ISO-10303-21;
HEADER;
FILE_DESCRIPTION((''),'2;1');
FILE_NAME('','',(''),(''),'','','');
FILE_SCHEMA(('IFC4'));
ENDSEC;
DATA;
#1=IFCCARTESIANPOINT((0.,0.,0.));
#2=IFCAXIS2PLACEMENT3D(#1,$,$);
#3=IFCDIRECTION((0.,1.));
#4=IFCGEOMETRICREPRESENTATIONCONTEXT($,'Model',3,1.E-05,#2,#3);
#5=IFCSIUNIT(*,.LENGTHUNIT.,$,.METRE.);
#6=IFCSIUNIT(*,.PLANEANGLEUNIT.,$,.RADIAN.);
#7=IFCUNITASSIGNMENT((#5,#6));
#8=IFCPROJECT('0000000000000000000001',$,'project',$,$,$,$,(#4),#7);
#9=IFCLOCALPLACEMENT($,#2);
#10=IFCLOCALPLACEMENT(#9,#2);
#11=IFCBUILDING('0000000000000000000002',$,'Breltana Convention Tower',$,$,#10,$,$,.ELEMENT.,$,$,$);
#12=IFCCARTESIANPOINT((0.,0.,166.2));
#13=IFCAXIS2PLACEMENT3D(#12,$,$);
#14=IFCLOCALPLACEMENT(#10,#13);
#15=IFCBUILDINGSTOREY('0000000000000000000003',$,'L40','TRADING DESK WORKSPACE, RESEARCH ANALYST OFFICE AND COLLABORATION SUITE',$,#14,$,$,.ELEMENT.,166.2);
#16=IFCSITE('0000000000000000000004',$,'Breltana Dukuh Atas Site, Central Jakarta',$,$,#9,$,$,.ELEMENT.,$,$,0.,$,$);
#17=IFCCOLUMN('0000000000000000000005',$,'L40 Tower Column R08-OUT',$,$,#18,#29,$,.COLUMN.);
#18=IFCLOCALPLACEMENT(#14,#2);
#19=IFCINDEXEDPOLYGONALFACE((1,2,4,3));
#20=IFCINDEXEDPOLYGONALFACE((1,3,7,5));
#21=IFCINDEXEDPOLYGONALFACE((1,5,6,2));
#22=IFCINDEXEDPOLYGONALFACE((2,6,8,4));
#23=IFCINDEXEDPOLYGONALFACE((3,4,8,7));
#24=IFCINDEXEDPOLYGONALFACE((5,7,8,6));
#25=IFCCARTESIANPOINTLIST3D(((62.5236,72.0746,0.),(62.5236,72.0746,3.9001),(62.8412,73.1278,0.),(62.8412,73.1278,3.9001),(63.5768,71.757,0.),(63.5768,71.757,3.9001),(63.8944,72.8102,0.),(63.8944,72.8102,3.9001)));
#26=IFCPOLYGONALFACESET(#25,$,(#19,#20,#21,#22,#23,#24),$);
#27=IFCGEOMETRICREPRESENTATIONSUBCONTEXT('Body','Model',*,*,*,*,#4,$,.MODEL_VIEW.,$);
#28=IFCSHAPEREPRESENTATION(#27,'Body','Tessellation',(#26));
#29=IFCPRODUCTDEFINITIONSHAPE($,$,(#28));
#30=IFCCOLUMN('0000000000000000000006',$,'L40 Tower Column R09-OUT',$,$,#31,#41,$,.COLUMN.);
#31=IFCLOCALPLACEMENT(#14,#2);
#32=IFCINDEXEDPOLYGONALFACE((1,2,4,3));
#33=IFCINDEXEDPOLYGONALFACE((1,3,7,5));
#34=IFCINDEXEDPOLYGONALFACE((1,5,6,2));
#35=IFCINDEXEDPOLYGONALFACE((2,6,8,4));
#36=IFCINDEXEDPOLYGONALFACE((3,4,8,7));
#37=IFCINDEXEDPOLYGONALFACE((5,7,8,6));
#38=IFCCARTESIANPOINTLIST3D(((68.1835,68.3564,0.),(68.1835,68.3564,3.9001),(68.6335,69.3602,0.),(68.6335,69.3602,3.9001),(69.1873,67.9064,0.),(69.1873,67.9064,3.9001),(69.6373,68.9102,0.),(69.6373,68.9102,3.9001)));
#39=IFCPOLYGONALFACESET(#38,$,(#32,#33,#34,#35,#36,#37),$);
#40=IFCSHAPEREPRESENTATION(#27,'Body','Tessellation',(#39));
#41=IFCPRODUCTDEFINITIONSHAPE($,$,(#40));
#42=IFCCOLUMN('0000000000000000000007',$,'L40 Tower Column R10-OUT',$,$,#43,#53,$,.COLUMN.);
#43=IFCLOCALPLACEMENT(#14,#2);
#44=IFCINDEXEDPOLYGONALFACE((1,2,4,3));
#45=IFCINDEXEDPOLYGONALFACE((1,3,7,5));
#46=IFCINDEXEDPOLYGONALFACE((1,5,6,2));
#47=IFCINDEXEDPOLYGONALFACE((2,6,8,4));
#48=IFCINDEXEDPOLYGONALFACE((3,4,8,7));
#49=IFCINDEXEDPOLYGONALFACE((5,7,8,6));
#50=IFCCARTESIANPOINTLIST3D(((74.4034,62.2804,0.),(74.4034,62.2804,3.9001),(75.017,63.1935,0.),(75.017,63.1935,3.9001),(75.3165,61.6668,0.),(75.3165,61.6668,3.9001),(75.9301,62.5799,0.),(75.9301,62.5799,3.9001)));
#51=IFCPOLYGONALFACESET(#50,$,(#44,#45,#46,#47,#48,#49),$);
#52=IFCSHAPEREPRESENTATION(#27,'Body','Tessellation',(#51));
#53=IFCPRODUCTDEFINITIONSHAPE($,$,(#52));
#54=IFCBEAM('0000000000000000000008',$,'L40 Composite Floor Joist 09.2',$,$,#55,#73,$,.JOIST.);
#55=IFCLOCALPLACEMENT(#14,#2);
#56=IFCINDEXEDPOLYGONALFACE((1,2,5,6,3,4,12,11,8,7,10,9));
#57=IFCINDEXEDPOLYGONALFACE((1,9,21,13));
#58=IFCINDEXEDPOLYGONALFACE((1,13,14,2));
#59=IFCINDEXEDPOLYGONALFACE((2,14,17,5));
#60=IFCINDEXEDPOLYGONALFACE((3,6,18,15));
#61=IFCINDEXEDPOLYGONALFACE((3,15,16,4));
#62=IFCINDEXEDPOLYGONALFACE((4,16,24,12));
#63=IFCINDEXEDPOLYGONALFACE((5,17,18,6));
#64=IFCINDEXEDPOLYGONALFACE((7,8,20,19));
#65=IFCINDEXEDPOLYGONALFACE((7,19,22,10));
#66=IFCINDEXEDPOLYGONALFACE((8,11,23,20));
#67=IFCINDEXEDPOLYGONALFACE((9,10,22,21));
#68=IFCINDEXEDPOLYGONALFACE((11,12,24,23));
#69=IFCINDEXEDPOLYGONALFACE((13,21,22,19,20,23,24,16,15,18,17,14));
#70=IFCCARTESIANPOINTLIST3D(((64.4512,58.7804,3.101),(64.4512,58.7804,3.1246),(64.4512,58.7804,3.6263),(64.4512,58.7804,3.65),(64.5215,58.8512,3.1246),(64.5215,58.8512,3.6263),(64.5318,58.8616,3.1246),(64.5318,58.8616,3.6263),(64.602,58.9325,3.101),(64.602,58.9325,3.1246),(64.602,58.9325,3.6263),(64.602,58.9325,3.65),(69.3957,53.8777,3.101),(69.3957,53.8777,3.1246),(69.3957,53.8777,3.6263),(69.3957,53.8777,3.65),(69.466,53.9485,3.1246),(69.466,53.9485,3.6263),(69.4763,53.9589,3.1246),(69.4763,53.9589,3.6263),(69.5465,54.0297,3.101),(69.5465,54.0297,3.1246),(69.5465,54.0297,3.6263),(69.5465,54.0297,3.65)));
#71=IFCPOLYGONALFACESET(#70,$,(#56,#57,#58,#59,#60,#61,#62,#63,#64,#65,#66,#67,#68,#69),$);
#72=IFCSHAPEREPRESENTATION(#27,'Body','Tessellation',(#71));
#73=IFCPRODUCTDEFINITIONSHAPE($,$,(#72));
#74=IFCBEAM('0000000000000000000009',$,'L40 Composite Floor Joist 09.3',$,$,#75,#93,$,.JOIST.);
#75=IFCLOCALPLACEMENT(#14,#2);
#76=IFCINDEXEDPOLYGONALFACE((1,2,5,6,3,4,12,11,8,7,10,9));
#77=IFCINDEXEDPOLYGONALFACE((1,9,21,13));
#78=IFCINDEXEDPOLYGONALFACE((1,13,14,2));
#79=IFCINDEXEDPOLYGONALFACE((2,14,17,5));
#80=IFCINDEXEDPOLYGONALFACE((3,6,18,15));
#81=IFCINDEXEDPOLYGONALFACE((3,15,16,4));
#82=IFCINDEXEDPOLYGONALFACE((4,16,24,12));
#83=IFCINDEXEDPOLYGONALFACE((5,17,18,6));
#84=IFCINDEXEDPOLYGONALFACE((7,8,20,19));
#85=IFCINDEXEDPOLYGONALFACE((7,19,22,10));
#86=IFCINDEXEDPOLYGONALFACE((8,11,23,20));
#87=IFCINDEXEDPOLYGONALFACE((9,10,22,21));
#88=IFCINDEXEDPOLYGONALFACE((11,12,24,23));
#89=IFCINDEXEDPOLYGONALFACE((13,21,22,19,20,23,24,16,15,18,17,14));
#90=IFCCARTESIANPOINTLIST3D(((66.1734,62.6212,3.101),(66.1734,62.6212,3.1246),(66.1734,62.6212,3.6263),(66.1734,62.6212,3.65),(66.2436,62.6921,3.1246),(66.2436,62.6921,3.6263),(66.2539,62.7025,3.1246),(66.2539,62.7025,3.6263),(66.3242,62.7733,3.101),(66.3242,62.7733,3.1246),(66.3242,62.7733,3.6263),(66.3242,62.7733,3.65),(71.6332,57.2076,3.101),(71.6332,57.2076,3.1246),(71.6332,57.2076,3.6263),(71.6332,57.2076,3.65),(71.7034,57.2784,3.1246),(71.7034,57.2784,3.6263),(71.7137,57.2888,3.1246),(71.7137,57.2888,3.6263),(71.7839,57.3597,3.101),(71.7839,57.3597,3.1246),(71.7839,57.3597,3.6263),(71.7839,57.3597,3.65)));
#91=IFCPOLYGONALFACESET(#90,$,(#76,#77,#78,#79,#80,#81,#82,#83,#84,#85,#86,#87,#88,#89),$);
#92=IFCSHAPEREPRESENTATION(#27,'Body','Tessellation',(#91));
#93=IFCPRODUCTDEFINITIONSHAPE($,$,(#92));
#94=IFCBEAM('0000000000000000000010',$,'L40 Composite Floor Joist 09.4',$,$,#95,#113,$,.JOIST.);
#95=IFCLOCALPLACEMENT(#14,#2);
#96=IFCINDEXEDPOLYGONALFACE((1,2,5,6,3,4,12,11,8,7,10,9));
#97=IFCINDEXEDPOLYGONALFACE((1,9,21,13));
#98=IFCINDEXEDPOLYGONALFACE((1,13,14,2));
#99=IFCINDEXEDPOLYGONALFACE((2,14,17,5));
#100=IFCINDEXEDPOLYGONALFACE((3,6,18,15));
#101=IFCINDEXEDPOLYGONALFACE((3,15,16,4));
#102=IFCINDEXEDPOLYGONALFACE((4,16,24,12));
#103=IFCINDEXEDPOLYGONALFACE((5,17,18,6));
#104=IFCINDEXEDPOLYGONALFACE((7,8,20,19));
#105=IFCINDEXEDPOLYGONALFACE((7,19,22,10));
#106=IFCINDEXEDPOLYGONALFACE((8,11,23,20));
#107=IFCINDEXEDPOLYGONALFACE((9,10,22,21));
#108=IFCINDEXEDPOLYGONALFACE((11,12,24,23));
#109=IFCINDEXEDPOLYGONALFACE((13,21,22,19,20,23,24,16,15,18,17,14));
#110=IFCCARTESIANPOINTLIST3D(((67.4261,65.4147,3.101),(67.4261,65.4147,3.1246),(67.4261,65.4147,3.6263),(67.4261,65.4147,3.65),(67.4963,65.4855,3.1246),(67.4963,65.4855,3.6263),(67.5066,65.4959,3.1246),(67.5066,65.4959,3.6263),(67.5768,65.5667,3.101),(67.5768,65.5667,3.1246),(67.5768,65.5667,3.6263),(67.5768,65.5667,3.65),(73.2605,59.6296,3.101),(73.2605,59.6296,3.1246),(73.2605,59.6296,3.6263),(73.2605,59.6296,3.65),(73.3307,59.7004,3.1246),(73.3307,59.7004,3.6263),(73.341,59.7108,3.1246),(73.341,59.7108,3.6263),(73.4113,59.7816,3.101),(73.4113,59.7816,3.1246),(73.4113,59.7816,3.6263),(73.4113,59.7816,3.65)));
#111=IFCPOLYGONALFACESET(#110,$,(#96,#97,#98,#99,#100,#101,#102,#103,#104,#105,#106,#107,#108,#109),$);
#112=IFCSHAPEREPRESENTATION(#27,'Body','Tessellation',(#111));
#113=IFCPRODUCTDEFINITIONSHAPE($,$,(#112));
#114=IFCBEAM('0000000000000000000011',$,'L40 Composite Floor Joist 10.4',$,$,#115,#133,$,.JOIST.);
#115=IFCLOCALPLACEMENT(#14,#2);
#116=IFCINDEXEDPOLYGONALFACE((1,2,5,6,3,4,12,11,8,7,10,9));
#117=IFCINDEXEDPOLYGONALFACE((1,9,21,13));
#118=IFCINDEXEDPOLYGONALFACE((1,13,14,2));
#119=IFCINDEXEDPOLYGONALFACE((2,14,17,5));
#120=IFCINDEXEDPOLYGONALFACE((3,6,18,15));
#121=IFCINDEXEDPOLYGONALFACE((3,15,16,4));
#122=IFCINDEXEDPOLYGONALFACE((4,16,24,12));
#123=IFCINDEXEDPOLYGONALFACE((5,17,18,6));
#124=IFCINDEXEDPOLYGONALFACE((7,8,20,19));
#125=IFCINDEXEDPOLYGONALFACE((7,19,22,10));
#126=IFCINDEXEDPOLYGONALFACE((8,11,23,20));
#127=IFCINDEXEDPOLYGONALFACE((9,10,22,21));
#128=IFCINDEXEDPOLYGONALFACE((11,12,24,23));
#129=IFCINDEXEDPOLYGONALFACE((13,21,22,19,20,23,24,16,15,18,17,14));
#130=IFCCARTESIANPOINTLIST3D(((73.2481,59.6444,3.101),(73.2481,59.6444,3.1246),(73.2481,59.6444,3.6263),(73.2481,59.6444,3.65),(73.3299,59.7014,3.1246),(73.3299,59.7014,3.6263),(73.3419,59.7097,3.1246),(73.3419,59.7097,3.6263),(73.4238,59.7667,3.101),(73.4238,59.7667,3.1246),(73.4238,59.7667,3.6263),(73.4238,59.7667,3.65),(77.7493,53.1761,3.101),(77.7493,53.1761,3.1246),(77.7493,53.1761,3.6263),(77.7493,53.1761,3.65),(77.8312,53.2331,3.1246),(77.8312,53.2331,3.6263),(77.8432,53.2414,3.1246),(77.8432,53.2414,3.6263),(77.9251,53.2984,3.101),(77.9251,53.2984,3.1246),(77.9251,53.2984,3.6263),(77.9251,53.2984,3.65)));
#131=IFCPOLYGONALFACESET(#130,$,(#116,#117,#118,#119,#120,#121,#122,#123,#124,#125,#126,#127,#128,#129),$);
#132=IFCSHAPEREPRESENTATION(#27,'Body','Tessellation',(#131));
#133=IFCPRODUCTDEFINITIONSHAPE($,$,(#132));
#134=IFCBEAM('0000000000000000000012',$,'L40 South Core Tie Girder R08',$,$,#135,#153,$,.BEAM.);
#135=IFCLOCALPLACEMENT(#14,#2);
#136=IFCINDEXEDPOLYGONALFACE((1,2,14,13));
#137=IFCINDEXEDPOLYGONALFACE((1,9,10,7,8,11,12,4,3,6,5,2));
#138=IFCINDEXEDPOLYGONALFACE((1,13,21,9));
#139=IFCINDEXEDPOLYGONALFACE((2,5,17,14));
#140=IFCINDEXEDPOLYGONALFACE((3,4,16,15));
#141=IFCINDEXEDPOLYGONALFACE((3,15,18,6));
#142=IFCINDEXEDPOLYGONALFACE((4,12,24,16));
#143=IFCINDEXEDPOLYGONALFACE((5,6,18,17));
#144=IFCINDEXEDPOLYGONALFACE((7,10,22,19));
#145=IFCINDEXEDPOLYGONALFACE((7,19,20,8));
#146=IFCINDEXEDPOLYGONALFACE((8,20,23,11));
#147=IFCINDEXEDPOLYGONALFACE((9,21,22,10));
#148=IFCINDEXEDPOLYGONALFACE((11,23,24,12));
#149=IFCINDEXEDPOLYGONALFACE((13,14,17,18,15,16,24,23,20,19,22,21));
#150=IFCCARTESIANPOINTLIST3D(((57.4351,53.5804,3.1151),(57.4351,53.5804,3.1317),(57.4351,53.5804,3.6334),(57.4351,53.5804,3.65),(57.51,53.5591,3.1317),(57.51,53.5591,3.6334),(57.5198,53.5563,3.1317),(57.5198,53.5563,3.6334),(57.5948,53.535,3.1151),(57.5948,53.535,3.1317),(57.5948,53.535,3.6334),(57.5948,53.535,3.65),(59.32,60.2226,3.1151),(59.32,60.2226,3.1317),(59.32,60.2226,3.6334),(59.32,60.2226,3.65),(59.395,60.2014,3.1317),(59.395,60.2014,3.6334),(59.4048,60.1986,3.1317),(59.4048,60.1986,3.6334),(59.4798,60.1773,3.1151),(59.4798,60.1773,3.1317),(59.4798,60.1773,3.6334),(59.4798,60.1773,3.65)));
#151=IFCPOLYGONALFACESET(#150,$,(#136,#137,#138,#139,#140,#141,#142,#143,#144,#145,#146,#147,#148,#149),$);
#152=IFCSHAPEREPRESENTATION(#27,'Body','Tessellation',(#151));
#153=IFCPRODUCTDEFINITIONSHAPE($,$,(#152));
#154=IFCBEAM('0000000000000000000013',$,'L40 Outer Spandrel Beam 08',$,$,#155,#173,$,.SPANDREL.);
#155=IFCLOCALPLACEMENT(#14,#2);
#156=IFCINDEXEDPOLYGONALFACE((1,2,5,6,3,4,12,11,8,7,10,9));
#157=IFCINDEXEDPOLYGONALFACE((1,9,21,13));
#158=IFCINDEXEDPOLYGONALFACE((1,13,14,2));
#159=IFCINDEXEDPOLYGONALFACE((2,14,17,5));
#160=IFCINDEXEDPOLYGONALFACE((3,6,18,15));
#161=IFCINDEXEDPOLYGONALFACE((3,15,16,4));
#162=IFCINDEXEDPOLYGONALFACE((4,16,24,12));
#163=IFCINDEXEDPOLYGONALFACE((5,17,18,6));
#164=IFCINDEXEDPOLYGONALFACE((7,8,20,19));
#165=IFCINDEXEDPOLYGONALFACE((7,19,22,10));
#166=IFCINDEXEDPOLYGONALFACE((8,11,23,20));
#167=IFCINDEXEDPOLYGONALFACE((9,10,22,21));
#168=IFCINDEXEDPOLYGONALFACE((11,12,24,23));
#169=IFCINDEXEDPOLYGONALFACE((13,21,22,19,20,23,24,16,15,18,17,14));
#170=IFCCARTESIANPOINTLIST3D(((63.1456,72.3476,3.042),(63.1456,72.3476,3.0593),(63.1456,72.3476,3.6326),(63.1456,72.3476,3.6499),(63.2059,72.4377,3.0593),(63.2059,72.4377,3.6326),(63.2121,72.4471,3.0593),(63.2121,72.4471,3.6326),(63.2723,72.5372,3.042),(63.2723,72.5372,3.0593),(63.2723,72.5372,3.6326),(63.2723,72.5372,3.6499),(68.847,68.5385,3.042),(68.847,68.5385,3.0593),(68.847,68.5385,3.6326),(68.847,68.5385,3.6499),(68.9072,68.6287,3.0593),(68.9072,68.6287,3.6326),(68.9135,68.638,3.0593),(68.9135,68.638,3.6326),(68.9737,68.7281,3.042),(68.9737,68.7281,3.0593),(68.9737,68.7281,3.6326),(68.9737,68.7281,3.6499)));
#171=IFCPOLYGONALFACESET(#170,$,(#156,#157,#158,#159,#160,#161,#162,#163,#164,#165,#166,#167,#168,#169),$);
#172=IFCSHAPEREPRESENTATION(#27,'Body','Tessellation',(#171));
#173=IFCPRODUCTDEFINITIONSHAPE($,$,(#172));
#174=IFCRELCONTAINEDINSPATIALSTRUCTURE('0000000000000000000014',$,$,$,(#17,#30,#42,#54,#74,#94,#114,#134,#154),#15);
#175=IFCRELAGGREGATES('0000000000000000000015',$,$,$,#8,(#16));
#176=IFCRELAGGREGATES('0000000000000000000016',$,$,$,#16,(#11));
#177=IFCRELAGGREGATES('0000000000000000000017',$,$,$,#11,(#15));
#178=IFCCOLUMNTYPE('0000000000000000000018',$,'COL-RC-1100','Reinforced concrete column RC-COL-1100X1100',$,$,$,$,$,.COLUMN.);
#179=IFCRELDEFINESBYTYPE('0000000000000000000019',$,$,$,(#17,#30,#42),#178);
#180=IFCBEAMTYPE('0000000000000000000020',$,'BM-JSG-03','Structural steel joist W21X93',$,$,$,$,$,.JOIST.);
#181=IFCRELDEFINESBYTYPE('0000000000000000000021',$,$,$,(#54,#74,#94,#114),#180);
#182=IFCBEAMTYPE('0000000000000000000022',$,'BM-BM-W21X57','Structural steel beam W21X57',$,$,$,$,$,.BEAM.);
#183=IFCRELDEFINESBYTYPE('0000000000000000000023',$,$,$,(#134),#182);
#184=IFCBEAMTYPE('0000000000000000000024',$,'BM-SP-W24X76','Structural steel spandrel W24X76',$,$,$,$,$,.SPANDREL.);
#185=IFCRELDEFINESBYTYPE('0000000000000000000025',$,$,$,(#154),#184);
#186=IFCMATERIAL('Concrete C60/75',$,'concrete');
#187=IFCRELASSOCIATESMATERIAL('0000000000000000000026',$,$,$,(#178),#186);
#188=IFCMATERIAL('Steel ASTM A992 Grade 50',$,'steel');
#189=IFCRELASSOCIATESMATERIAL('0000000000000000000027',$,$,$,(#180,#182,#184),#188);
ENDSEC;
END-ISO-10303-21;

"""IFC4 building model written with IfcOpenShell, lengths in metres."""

from ifc_helpers import new_model, si_unit, direction, frame, origin, origin_2d, place, context, subcontext, project, spatial, rectangle, i_section, extrude, source, transform, mapped, material, material_profile, profile_set, type_object, type_shapes, element, save


model = new_model("IFC4")

# Units and contexts
model_context = context("Model", 3, precision=1e-05, world=origin(), true_north=direction((0.0, 1.0)))
body_context = subcontext(model_context, "Body", "Model", "MODEL_VIEW")
ifc_project = project(units=[si_unit("LENGTHUNIT", "METRE"), si_unit("PLANEANGLEUNIT", "RADIAN")], contexts=[model_context])

# Site, building, storey
site_placement = place(None, origin())
site = spatial("IfcSite", under=ifc_project, at=site_placement, Name="Breltana Dukuh Atas Site, Central Jakarta", CompositionType="ELEMENT", RefElevation=0.0)
building_placement = place(site_placement, origin())
building = spatial("IfcBuilding", under=site, at=building_placement, Name="Breltana Convention Tower", CompositionType="ELEMENT")
storey_placement = place(building_placement, frame((0.0, 0.0, 166.2)))
storey = spatial("IfcBuildingStorey", under=building, at=storey_placement, Name="L40", Description="TRADING DESK WORKSPACE, RESEARCH ANALYST OFFICE AND COLLABORATION SUITE", CompositionType="ELEMENT", Elevation=166.2)

# Columns
ifc_material_1 = material(Name="Concrete C60/75", Category="concrete")
ifc_material_profile_1 = material_profile(ifc_material_1, rectangle(XDim=1.1001, YDim=1.1001, at=origin_2d()), Name="RC-COL-1100X1100")
ifc_profile_set_1 = profile_set([ifc_material_profile_1], Name="Concrete C60/75")
column_type = type_object("IfcColumnType", Name="COL-RC-1100", Description="Reinforced concrete column RC-COL-1100X1100", PredefinedType="COLUMN", material=ifc_profile_set_1)
shared_shape_1 = source(origin(), body_context, "Body", "SweptSolid", [
    extrude(rectangle(XDim=1.1001, YDim=1.1001, at=origin_2d()), origin(), (0.0, 0.0, 1.0), 3.9001),
])
for number, where, z_axis, x_axis, name in (
    (1, (63.209, 72.4424, 0.0), (0.0, 0.0, 1.0), (0.288698, 0.95742, 0.0), "L40 Tower Column R08-OUT"),
    (2, (68.9104, 68.6333, 0.0), (0.0, 0.0, 1.0), (0.409127, 0.912477, 0.0), "L40 Tower Column R09-OUT"),
    (3, (75.1667, 62.4302, 0.0), (0.0, 0.0, 1.0), (0.557745, 0.830012, 0.0), "L40 Tower Column R10-OUT"),
):
    element("IfcColumn", number, at=place(storey_placement, frame(where, z_axis=z_axis, x_axis=x_axis)), inside=storey, type_object=column_type, Name=name, PredefinedType="COLUMN", context=body_context, shape_type="MappedRepresentation", body=[
        mapped(shared_shape_1, transform((0.0, 0.0, 0.0), scale=1.0)),
    ])

# Beams
ifc_material_2 = material(Name="Steel ASTM A992 Grade 50", Category="steel")
ifc_material_profile_2 = material_profile(ifc_material_2, i_section(OverallWidth=0.2141, OverallDepth=0.5491, WebThickness=0.0146, FlangeThickness=0.0237, at=origin_2d()), Name="W21X93")
ifc_profile_set_2 = profile_set([ifc_material_profile_2], Name="Steel ASTM A992 Grade 50")
beam_type_1 = type_object("IfcBeamType", Name="BM-JSG-03", Description="Structural steel joist W21X93", PredefinedType="JOIST", material=ifc_profile_set_2)
shared_shape_2 = source(origin(), body_context, "Body", "SweptSolid", [
    extrude(i_section(OverallWidth=0.2141, OverallDepth=0.5491, WebThickness=0.0146, FlangeThickness=0.0237, at=origin_2d()), origin(), (0.0, 0.0, 1.0), 6.9631),
])
beam_1_placement = place(storey_placement, frame((64.5266, 58.8564, 3.3755), z_axis=(0.710098, -0.704103, 0.0), x_axis=(0.704103, 0.710098, 0.0)))
element("IfcBeam", 4, at=beam_1_placement, inside=storey, type_object=beam_type_1, Name="L40 Composite Floor Joist 09.2", PredefinedType="JOIST", context=body_context, shape_type="MappedRepresentation", body=[
    mapped(shared_shape_2, transform((0.0, 0.0, 0.0), scale=1.0)),
])
shared_shape_3 = source(origin(), body_context, "Body", "SweptSolid", [
    extrude(i_section(OverallWidth=0.2141, OverallDepth=0.5491, WebThickness=0.0146, FlangeThickness=0.0237, at=origin_2d()), origin(), (0.0, 0.0, 1.0), 7.6887),
])
beam_2_placement = place(storey_placement, frame((66.2488, 62.6973, 3.3755), z_axis=(0.710101, -0.7041, 0.0), x_axis=(0.7041, 0.710101, 0.0)))
element("IfcBeam", 5, at=beam_2_placement, inside=storey, type_object=beam_type_1, Name="L40 Composite Floor Joist 09.3", PredefinedType="JOIST", context=body_context, shape_type="MappedRepresentation", body=[
    mapped(shared_shape_3, transform((0.0, 0.0, 0.0), scale=1.0)),
])
shared_shape_4 = source(origin(), body_context, "Body", "SweptSolid", [
    extrude(i_section(OverallWidth=0.2141, OverallDepth=0.5491, WebThickness=0.0146, FlangeThickness=0.0237, at=origin_2d()), origin(), (0.0, 0.0, 1.0), 8.2163),
])
beam_3_placement = place(storey_placement, frame((67.5015, 65.4907, 3.3755), z_axis=(0.710102, -0.704099, 0.0), x_axis=(0.704099, 0.710102, 0.0)))
element("IfcBeam", 6, at=beam_3_placement, inside=storey, type_object=beam_type_1, Name="L40 Composite Floor Joist 09.4", PredefinedType="JOIST", context=body_context, shape_type="MappedRepresentation", body=[
    mapped(shared_shape_4, transform((0.0, 0.0, 0.0), scale=1.0)),
])
shared_shape_5 = source(origin(), body_context, "Body", "SweptSolid", [
    extrude(i_section(OverallWidth=0.2141, OverallDepth=0.5491, WebThickness=0.0146, FlangeThickness=0.0237, at=origin_2d()), origin(), (0.0, 0.0, 1.0), 7.8804),
])
beam_4_placement = place(storey_placement, frame((73.3359, 59.7056, 3.3755), z_axis=(0.571198, -0.820812, 0.0), x_axis=(0.820812, 0.571198, 0.0)))
element("IfcBeam", 7, at=beam_4_placement, inside=storey, type_object=beam_type_1, Name="L40 Composite Floor Joist 10.4", PredefinedType="JOIST", context=body_context, shape_type="MappedRepresentation", body=[
    mapped(shared_shape_5, transform((0.0, 0.0, 0.0), scale=1.0)),
])
ifc_material_profile_3 = material_profile(ifc_material_2, i_section(OverallWidth=0.166, OverallDepth=0.5349, WebThickness=0.0103, FlangeThickness=0.0166, at=origin_2d()), Name="W21X57")
ifc_profile_set_3 = profile_set([ifc_material_profile_3], Name="Steel ASTM A992 Grade 50")
beam_type_2 = type_object("IfcBeamType", Name="BM-BM-W21X57", Description="Structural steel beam W21X57", PredefinedType="BEAM", material=ifc_profile_set_3)
shared_shape_6 = source(origin(), body_context, "Body", "SweptSolid", [
    extrude(i_section(OverallWidth=0.166, OverallDepth=0.5349, WebThickness=0.0103, FlangeThickness=0.0166, at=origin_2d()), origin(), (0.0, 0.0, 1.0), 6.9045),
])
type_shapes(beam_type_2, [shared_shape_6])
beam_5_placement = place(storey_placement, frame((59.3999, 60.2, 3.3826), z_axis=(-0.273007, -0.962012, 0.0), x_axis=(0.962012, -0.273007, 0.0)))
element("IfcBeam", 8, at=beam_5_placement, inside=storey, type_object=beam_type_2, Name="L40 South Core Tie Girder R08", PredefinedType="BEAM", context=body_context, shape_type="MappedRepresentation", body=[
    mapped(shared_shape_6, transform((0.0, 0.0, 0.0), scale=1.0)),
])
ifc_material_profile_4 = material_profile(ifc_material_2, i_section(OverallWidth=0.228, OverallDepth=0.6079, WebThickness=0.0112, FlangeThickness=0.0173, at=origin_2d()), Name="W24X76")
ifc_profile_set_4 = profile_set([ifc_material_profile_4], Name="Steel ASTM A992 Grade 50")
beam_type_3 = type_object("IfcBeamType", Name="BM-SP-W24X76", Description="Structural steel spandrel W24X76", PredefinedType="SPANDREL", material=ifc_profile_set_4)
shared_shape_7 = source(origin(), body_context, "Body", "SweptSolid", [
    extrude(i_section(OverallWidth=0.228, OverallDepth=0.6079, WebThickness=0.0112, FlangeThickness=0.0173, at=origin_2d()), origin(), (0.0, 0.0, 1.0), 6.8567),
])
beam_6_placement = place(storey_placement, frame((63.209, 72.4424, 3.3459), z_axis=(0.831502, -0.555522, 0.0), x_axis=(0.555522, 0.831502, 0.0)))
element("IfcBeam", 9, at=beam_6_placement, inside=storey, type_object=beam_type_3, Name="L40 Outer Spandrel Beam 08", PredefinedType="SPANDREL", context=body_context, shape_type="MappedRepresentation", body=[
    mapped(shared_shape_7, transform((0.0, 0.0, 0.0), scale=1.0)),
])

save(model, "model.ifc")
